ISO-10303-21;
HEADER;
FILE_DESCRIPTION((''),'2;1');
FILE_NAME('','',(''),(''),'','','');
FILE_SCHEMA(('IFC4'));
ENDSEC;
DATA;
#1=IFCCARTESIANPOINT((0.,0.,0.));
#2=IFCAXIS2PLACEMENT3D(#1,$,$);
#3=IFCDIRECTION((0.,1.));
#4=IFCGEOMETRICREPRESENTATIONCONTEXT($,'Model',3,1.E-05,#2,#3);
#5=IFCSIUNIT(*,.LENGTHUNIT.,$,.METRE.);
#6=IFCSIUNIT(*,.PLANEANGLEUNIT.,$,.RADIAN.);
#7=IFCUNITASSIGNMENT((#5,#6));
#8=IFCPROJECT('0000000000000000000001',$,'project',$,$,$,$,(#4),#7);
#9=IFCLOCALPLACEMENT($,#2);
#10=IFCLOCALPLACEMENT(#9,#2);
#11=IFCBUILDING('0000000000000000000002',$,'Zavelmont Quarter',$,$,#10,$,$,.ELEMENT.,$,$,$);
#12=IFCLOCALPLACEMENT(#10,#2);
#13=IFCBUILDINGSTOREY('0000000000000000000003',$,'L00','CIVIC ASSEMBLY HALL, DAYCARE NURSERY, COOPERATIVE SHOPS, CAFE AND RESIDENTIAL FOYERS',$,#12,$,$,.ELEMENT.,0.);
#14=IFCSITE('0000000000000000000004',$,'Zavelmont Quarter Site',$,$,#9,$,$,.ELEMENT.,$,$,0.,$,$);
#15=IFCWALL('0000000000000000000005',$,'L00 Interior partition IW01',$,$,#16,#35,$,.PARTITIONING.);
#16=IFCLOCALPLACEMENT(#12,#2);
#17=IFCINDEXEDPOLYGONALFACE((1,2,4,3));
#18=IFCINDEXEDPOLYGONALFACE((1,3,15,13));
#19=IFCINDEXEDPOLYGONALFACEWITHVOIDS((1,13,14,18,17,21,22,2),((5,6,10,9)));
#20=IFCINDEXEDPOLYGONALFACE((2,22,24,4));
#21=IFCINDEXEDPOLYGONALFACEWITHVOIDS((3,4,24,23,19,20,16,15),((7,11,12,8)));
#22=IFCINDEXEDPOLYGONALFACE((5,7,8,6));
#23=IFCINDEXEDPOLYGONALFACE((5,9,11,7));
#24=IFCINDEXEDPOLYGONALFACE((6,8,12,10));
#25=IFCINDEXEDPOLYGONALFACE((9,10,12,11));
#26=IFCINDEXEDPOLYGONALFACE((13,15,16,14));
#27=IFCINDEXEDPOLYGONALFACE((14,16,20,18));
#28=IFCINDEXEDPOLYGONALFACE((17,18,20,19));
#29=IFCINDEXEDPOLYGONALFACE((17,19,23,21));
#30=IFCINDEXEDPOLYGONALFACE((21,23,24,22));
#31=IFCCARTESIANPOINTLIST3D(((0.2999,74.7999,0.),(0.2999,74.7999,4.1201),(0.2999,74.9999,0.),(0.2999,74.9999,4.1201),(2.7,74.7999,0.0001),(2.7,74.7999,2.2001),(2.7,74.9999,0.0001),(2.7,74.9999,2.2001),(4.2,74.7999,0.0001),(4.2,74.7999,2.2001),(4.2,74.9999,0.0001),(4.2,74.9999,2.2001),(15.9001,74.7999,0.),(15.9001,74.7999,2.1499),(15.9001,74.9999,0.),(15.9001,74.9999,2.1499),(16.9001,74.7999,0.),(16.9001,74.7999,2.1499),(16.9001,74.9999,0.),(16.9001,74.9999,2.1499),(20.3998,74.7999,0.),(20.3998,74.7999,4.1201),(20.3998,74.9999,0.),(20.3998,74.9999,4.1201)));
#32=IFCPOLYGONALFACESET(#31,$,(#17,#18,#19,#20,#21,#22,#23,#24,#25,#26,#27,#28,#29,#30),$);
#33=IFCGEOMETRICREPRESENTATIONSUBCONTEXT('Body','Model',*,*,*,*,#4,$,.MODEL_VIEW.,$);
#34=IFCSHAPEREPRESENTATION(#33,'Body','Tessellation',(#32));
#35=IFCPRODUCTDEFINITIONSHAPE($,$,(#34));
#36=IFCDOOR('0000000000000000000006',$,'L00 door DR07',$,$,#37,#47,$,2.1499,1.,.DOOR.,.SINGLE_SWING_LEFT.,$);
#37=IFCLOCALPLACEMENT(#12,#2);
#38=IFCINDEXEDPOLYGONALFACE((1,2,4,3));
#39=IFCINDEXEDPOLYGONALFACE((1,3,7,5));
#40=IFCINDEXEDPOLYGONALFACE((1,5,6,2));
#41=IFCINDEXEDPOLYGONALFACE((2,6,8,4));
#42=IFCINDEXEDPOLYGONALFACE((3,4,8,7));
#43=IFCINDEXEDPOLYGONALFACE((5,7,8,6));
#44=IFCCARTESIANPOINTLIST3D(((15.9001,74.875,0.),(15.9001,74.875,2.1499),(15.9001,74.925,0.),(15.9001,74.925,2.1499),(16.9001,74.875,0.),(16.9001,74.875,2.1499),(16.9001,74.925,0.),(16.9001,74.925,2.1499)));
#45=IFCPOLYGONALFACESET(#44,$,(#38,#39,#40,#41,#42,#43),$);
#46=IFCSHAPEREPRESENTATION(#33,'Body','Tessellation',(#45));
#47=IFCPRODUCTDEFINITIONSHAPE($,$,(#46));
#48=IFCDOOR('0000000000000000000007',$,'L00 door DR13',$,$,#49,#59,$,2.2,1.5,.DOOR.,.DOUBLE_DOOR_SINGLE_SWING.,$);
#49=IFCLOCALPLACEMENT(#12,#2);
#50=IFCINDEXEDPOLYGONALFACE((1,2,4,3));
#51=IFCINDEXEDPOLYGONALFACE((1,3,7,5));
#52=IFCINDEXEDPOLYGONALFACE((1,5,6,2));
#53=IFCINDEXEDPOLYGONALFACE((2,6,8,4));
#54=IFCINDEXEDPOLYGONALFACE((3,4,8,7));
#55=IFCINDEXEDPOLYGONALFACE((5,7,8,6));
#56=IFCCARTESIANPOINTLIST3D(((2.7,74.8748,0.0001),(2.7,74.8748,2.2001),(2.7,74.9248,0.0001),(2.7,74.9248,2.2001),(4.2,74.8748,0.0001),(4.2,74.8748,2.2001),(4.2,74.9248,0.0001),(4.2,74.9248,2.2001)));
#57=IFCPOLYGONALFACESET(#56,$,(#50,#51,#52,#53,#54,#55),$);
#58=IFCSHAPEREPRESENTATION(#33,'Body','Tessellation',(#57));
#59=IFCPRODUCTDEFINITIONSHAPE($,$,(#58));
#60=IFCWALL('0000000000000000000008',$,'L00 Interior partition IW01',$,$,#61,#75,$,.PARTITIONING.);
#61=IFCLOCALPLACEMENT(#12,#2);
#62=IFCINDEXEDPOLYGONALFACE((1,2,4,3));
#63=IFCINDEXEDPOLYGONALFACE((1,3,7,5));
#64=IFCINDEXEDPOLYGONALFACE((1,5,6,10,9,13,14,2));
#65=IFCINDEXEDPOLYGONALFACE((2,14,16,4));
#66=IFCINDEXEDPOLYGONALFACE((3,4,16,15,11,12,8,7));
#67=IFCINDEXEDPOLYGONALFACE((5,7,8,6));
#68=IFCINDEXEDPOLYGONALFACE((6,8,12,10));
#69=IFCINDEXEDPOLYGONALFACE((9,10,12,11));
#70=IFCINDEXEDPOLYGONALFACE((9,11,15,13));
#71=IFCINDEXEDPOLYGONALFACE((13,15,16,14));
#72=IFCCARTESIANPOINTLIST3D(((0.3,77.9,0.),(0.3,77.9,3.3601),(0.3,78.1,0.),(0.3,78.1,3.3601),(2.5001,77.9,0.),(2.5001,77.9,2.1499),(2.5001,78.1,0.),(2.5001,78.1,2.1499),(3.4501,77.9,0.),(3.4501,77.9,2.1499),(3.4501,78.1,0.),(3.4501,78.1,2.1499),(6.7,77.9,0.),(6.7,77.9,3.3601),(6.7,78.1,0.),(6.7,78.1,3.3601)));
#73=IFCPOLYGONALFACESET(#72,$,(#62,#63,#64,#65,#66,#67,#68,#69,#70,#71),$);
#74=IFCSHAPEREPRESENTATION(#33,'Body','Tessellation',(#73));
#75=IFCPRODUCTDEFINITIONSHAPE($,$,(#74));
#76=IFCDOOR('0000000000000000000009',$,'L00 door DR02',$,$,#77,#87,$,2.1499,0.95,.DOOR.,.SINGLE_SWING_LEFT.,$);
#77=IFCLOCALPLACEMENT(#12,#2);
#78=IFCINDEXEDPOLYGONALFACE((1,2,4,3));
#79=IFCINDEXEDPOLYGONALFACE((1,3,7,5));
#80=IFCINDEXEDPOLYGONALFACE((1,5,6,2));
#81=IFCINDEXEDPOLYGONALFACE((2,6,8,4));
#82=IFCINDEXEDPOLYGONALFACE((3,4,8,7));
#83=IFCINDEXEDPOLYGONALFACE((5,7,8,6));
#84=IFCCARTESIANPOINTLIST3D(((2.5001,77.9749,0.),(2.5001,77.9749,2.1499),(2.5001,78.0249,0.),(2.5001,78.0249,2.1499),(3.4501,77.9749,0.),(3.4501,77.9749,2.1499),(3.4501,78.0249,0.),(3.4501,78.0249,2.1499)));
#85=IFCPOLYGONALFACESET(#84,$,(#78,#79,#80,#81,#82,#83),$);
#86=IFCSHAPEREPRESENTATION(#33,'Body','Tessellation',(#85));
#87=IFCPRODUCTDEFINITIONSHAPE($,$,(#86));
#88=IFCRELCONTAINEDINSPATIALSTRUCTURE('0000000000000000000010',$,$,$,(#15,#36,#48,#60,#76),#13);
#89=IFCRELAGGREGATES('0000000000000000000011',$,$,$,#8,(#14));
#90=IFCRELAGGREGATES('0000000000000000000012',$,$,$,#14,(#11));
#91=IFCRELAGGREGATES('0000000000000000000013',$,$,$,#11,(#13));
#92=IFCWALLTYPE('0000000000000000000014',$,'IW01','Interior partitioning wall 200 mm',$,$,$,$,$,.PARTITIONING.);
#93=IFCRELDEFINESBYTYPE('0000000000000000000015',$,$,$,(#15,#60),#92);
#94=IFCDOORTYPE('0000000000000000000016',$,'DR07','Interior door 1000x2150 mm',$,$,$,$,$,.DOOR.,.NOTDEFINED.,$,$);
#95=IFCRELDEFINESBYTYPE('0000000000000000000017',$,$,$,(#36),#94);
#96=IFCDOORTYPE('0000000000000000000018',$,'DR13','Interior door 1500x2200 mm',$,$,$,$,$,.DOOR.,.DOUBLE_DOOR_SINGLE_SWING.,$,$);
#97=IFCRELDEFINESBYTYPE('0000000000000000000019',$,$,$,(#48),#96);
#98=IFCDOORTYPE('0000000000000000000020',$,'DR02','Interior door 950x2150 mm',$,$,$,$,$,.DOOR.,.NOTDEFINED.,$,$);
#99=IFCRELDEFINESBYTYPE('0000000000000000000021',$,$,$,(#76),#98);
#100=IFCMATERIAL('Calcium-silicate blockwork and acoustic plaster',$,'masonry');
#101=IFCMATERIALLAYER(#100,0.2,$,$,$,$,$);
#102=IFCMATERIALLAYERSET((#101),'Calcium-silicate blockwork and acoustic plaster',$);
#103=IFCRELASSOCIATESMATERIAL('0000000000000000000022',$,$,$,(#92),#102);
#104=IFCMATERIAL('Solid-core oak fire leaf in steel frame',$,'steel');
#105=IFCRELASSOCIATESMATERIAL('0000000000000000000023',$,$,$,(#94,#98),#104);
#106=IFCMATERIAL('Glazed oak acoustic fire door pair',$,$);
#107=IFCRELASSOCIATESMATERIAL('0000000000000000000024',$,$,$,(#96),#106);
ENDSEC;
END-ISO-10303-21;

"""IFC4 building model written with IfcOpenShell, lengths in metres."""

from ifc_helpers import new_model, si_unit, direction, frame, frame_2d, origin, origin_with_axes, place, context, subcontext, project, spatial, rectangle, extrude, material, layer, layer_set, type_object, element, fill, save


model = new_model("IFC4")

# Units and contexts
model_context = context("Model", 3, precision=1e-05, world=origin(), true_north=direction((0.0, 1.0)))
body_context = subcontext(model_context, "Body", "Model", "MODEL_VIEW")
ifc_project = project(units=[si_unit("LENGTHUNIT", "METRE"), si_unit("PLANEANGLEUNIT", "RADIAN")], contexts=[model_context])

# Site, building, storey
site_placement = place(None, origin())
site = spatial("IfcSite", under=ifc_project, at=site_placement, Name="Zavelmont Quarter Site", CompositionType="ELEMENT", RefElevation=0.0)
building_placement = place(site_placement, origin())
building = spatial("IfcBuilding", under=site, at=building_placement, Name="Zavelmont Quarter", CompositionType="ELEMENT")
storey_placement = place(building_placement, origin())
storey = spatial("IfcBuildingStorey", under=building, at=storey_placement, Name="L00", Description="CIVIC ASSEMBLY HALL, DAYCARE NURSERY, COOPERATIVE SHOPS, CAFE AND RESIDENTIAL FOYERS", CompositionType="ELEMENT", Elevation=0.0)

# Wall, openings, doors
ifc_material_1 = material(Name="Calcium-silicate blockwork and acoustic plaster", Category="masonry")
ifc_layer_1 = layer(ifc_material_1, 0.2)
ifc_layer_set_1 = layer_set([ifc_layer_1], Name="Calcium-silicate blockwork and acoustic plaster")
wall_type_1 = type_object("IfcWallType", Name="IW01", Description="Interior partitioning wall 200 mm", PredefinedType="PARTITIONING", material=ifc_layer_set_1)
wall_1_placement = place(storey_placement, frame((0.3, 74.8999, 0.0), z_axis=(0.0, 0.0, 1.0), x_axis=(1.0, 0.0, 0.0)))
wall_1 = element("IfcWall", 1, at=wall_1_placement, inside=storey, type_object=wall_type_1, Name="L00 Interior partition IW01", PredefinedType="PARTITIONING", context=body_context, shape_type="SweptSolid", body=[
    extrude(rectangle(XDim=20.0999, YDim=0.2, at=frame_2d((10.0498, 0.0))), origin(), (0.0, 0.0, 1.0), 4.1201),
])
opening_1_placement = place(wall_1_placement, frame((2.3999, 0.0, 0.0)))
opening_1 = element("IfcOpeningElement", 2, at=opening_1_placement, cuts=wall_1, PredefinedType="OPENING", context=body_context, shape_type="SweptSolid", body=[
    extrude(rectangle(XDim=1.5, YDim=2.2, at=frame_2d((0.75, 1.1001))), frame((0.0, 0.1118, 0.0), z_axis=(0.0, -1.0, 0.0), x_axis=(1.0, 0.0, 0.0)), (0.0, 0.0, 1.0), 0.2239),
])
opening_2_placement = place(wall_1_placement, frame((15.6001, 0.0, 0.0)))
opening_2 = element("IfcOpeningElement", 3, at=opening_2_placement, cuts=wall_1, PredefinedType="OPENING", context=body_context, shape_type="SweptSolid", body=[
    extrude(rectangle(XDim=1.0, YDim=2.1499, at=frame_2d((0.5, 1.075))), frame((0.0, 0.1118, 0.0), z_axis=(0.0, -1.0, 0.0), x_axis=(1.0, 0.0, 0.0)), (0.0, 0.0, 1.0), 0.2239),
])
ifc_material_2 = material(Name="Solid-core oak fire leaf in steel frame", Category="steel")
door_type_1 = type_object("IfcDoorType", Name="DR07", Description="Interior door 1000x2150 mm", OperationType="NOTDEFINED", PredefinedType="DOOR", material=ifc_material_2)
door_1_placement = place(opening_2_placement, frame((1.0, 0.0, 0.0), z_axis=(0.0, 0.0, 1.0), x_axis=(-1.0, 0.0, 0.0)))
door_1 = element("IfcDoor", 4, at=door_1_placement, inside=storey, type_object=door_type_1, Name="L00 door DR07", OperationType="SINGLE_SWING_LEFT", OverallHeight=2.1499, OverallWidth=1.0, PredefinedType="DOOR", context=body_context, shape_type="SweptSolid", body=[
    extrude(rectangle(XDim=1.0, YDim=2.1499, at=frame_2d((0.5, 1.075))), frame((0.0, 0.0249, 0.0), z_axis=(0.0, -1.0, 0.0), x_axis=(1.0, 0.0, 0.0)), (0.0, 0.0, 1.0), 0.05),
])
fill(opening_2, door_1)
ifc_material_3 = material(Name="Glazed oak acoustic fire door pair")
door_type_2 = type_object("IfcDoorType", Name="DR13", Description="Interior door 1500x2200 mm", OperationType="DOUBLE_DOOR_SINGLE_SWING", PredefinedType="DOOR", material=ifc_material_3)
door_2_placement = place(opening_1_placement, origin_with_axes())
door_2 = element("IfcDoor", 5, at=door_2_placement, inside=storey, type_object=door_type_2, Name="L00 door DR13", OperationType="DOUBLE_DOOR_SINGLE_SWING", OverallHeight=2.2, OverallWidth=1.5, PredefinedType="DOOR", context=body_context, shape_type="SweptSolid", body=[
    extrude(rectangle(XDim=1.5, YDim=2.2, at=frame_2d((0.75, 1.1001))), frame((0.0, 0.0249, 0.0), z_axis=(0.0, -1.0, 0.0), x_axis=(1.0, 0.0, 0.0)), (0.0, 0.0, 1.0), 0.05),
])
fill(opening_1, door_2)

# Wall, opening, door
wall_2_placement = place(storey_placement, frame((0.3, 78.0, 0.0), z_axis=(0.0, 0.0, 1.0), x_axis=(1.0, 0.0, 0.0)))
wall_2 = element("IfcWall", 6, at=wall_2_placement, inside=storey, type_object=wall_type_1, Name="L00 Interior partition IW01", PredefinedType="PARTITIONING", context=body_context, shape_type="SweptSolid", body=[
    extrude(rectangle(XDim=6.3999, YDim=0.2, at=frame_2d((3.2, 0.0))), origin(), (0.0, 0.0, 1.0), 3.3601),
])
opening_3_placement = place(wall_2_placement, frame((2.2, 0.0, 0.0)))
opening_3 = element("IfcOpeningElement", 7, at=opening_3_placement, cuts=wall_2, PredefinedType="OPENING", context=body_context, shape_type="SweptSolid", body=[
    extrude(rectangle(XDim=0.95, YDim=2.1499, at=frame_2d((0.4751, 1.075))), frame((0.0, 0.1118, 0.0), z_axis=(0.0, -1.0, 0.0), x_axis=(1.0, 0.0, 0.0)), (0.0, 0.0, 1.0), 0.2239),
])
door_type_3 = type_object("IfcDoorType", Name="DR02", Description="Interior door 950x2150 mm", OperationType="NOTDEFINED", PredefinedType="DOOR", material=ifc_material_2)
door_3_placement = place(opening_3_placement, origin_with_axes())
door_3 = element("IfcDoor", 8, at=door_3_placement, inside=storey, type_object=door_type_3, Name="L00 door DR02", OperationType="SINGLE_SWING_LEFT", OverallHeight=2.1499, OverallWidth=0.95, PredefinedType="DOOR", context=body_context, shape_type="SweptSolid", body=[
    extrude(rectangle(XDim=0.95, YDim=2.1499, at=frame_2d((0.4751, 1.075))), frame((0.0, 0.0249, 0.0), z_axis=(0.0, -1.0, 0.0), x_axis=(1.0, 0.0, 0.0)), (0.0, 0.0, 1.0), 0.05),
])
fill(opening_3, door_3)

save(model, "model.ifc")
